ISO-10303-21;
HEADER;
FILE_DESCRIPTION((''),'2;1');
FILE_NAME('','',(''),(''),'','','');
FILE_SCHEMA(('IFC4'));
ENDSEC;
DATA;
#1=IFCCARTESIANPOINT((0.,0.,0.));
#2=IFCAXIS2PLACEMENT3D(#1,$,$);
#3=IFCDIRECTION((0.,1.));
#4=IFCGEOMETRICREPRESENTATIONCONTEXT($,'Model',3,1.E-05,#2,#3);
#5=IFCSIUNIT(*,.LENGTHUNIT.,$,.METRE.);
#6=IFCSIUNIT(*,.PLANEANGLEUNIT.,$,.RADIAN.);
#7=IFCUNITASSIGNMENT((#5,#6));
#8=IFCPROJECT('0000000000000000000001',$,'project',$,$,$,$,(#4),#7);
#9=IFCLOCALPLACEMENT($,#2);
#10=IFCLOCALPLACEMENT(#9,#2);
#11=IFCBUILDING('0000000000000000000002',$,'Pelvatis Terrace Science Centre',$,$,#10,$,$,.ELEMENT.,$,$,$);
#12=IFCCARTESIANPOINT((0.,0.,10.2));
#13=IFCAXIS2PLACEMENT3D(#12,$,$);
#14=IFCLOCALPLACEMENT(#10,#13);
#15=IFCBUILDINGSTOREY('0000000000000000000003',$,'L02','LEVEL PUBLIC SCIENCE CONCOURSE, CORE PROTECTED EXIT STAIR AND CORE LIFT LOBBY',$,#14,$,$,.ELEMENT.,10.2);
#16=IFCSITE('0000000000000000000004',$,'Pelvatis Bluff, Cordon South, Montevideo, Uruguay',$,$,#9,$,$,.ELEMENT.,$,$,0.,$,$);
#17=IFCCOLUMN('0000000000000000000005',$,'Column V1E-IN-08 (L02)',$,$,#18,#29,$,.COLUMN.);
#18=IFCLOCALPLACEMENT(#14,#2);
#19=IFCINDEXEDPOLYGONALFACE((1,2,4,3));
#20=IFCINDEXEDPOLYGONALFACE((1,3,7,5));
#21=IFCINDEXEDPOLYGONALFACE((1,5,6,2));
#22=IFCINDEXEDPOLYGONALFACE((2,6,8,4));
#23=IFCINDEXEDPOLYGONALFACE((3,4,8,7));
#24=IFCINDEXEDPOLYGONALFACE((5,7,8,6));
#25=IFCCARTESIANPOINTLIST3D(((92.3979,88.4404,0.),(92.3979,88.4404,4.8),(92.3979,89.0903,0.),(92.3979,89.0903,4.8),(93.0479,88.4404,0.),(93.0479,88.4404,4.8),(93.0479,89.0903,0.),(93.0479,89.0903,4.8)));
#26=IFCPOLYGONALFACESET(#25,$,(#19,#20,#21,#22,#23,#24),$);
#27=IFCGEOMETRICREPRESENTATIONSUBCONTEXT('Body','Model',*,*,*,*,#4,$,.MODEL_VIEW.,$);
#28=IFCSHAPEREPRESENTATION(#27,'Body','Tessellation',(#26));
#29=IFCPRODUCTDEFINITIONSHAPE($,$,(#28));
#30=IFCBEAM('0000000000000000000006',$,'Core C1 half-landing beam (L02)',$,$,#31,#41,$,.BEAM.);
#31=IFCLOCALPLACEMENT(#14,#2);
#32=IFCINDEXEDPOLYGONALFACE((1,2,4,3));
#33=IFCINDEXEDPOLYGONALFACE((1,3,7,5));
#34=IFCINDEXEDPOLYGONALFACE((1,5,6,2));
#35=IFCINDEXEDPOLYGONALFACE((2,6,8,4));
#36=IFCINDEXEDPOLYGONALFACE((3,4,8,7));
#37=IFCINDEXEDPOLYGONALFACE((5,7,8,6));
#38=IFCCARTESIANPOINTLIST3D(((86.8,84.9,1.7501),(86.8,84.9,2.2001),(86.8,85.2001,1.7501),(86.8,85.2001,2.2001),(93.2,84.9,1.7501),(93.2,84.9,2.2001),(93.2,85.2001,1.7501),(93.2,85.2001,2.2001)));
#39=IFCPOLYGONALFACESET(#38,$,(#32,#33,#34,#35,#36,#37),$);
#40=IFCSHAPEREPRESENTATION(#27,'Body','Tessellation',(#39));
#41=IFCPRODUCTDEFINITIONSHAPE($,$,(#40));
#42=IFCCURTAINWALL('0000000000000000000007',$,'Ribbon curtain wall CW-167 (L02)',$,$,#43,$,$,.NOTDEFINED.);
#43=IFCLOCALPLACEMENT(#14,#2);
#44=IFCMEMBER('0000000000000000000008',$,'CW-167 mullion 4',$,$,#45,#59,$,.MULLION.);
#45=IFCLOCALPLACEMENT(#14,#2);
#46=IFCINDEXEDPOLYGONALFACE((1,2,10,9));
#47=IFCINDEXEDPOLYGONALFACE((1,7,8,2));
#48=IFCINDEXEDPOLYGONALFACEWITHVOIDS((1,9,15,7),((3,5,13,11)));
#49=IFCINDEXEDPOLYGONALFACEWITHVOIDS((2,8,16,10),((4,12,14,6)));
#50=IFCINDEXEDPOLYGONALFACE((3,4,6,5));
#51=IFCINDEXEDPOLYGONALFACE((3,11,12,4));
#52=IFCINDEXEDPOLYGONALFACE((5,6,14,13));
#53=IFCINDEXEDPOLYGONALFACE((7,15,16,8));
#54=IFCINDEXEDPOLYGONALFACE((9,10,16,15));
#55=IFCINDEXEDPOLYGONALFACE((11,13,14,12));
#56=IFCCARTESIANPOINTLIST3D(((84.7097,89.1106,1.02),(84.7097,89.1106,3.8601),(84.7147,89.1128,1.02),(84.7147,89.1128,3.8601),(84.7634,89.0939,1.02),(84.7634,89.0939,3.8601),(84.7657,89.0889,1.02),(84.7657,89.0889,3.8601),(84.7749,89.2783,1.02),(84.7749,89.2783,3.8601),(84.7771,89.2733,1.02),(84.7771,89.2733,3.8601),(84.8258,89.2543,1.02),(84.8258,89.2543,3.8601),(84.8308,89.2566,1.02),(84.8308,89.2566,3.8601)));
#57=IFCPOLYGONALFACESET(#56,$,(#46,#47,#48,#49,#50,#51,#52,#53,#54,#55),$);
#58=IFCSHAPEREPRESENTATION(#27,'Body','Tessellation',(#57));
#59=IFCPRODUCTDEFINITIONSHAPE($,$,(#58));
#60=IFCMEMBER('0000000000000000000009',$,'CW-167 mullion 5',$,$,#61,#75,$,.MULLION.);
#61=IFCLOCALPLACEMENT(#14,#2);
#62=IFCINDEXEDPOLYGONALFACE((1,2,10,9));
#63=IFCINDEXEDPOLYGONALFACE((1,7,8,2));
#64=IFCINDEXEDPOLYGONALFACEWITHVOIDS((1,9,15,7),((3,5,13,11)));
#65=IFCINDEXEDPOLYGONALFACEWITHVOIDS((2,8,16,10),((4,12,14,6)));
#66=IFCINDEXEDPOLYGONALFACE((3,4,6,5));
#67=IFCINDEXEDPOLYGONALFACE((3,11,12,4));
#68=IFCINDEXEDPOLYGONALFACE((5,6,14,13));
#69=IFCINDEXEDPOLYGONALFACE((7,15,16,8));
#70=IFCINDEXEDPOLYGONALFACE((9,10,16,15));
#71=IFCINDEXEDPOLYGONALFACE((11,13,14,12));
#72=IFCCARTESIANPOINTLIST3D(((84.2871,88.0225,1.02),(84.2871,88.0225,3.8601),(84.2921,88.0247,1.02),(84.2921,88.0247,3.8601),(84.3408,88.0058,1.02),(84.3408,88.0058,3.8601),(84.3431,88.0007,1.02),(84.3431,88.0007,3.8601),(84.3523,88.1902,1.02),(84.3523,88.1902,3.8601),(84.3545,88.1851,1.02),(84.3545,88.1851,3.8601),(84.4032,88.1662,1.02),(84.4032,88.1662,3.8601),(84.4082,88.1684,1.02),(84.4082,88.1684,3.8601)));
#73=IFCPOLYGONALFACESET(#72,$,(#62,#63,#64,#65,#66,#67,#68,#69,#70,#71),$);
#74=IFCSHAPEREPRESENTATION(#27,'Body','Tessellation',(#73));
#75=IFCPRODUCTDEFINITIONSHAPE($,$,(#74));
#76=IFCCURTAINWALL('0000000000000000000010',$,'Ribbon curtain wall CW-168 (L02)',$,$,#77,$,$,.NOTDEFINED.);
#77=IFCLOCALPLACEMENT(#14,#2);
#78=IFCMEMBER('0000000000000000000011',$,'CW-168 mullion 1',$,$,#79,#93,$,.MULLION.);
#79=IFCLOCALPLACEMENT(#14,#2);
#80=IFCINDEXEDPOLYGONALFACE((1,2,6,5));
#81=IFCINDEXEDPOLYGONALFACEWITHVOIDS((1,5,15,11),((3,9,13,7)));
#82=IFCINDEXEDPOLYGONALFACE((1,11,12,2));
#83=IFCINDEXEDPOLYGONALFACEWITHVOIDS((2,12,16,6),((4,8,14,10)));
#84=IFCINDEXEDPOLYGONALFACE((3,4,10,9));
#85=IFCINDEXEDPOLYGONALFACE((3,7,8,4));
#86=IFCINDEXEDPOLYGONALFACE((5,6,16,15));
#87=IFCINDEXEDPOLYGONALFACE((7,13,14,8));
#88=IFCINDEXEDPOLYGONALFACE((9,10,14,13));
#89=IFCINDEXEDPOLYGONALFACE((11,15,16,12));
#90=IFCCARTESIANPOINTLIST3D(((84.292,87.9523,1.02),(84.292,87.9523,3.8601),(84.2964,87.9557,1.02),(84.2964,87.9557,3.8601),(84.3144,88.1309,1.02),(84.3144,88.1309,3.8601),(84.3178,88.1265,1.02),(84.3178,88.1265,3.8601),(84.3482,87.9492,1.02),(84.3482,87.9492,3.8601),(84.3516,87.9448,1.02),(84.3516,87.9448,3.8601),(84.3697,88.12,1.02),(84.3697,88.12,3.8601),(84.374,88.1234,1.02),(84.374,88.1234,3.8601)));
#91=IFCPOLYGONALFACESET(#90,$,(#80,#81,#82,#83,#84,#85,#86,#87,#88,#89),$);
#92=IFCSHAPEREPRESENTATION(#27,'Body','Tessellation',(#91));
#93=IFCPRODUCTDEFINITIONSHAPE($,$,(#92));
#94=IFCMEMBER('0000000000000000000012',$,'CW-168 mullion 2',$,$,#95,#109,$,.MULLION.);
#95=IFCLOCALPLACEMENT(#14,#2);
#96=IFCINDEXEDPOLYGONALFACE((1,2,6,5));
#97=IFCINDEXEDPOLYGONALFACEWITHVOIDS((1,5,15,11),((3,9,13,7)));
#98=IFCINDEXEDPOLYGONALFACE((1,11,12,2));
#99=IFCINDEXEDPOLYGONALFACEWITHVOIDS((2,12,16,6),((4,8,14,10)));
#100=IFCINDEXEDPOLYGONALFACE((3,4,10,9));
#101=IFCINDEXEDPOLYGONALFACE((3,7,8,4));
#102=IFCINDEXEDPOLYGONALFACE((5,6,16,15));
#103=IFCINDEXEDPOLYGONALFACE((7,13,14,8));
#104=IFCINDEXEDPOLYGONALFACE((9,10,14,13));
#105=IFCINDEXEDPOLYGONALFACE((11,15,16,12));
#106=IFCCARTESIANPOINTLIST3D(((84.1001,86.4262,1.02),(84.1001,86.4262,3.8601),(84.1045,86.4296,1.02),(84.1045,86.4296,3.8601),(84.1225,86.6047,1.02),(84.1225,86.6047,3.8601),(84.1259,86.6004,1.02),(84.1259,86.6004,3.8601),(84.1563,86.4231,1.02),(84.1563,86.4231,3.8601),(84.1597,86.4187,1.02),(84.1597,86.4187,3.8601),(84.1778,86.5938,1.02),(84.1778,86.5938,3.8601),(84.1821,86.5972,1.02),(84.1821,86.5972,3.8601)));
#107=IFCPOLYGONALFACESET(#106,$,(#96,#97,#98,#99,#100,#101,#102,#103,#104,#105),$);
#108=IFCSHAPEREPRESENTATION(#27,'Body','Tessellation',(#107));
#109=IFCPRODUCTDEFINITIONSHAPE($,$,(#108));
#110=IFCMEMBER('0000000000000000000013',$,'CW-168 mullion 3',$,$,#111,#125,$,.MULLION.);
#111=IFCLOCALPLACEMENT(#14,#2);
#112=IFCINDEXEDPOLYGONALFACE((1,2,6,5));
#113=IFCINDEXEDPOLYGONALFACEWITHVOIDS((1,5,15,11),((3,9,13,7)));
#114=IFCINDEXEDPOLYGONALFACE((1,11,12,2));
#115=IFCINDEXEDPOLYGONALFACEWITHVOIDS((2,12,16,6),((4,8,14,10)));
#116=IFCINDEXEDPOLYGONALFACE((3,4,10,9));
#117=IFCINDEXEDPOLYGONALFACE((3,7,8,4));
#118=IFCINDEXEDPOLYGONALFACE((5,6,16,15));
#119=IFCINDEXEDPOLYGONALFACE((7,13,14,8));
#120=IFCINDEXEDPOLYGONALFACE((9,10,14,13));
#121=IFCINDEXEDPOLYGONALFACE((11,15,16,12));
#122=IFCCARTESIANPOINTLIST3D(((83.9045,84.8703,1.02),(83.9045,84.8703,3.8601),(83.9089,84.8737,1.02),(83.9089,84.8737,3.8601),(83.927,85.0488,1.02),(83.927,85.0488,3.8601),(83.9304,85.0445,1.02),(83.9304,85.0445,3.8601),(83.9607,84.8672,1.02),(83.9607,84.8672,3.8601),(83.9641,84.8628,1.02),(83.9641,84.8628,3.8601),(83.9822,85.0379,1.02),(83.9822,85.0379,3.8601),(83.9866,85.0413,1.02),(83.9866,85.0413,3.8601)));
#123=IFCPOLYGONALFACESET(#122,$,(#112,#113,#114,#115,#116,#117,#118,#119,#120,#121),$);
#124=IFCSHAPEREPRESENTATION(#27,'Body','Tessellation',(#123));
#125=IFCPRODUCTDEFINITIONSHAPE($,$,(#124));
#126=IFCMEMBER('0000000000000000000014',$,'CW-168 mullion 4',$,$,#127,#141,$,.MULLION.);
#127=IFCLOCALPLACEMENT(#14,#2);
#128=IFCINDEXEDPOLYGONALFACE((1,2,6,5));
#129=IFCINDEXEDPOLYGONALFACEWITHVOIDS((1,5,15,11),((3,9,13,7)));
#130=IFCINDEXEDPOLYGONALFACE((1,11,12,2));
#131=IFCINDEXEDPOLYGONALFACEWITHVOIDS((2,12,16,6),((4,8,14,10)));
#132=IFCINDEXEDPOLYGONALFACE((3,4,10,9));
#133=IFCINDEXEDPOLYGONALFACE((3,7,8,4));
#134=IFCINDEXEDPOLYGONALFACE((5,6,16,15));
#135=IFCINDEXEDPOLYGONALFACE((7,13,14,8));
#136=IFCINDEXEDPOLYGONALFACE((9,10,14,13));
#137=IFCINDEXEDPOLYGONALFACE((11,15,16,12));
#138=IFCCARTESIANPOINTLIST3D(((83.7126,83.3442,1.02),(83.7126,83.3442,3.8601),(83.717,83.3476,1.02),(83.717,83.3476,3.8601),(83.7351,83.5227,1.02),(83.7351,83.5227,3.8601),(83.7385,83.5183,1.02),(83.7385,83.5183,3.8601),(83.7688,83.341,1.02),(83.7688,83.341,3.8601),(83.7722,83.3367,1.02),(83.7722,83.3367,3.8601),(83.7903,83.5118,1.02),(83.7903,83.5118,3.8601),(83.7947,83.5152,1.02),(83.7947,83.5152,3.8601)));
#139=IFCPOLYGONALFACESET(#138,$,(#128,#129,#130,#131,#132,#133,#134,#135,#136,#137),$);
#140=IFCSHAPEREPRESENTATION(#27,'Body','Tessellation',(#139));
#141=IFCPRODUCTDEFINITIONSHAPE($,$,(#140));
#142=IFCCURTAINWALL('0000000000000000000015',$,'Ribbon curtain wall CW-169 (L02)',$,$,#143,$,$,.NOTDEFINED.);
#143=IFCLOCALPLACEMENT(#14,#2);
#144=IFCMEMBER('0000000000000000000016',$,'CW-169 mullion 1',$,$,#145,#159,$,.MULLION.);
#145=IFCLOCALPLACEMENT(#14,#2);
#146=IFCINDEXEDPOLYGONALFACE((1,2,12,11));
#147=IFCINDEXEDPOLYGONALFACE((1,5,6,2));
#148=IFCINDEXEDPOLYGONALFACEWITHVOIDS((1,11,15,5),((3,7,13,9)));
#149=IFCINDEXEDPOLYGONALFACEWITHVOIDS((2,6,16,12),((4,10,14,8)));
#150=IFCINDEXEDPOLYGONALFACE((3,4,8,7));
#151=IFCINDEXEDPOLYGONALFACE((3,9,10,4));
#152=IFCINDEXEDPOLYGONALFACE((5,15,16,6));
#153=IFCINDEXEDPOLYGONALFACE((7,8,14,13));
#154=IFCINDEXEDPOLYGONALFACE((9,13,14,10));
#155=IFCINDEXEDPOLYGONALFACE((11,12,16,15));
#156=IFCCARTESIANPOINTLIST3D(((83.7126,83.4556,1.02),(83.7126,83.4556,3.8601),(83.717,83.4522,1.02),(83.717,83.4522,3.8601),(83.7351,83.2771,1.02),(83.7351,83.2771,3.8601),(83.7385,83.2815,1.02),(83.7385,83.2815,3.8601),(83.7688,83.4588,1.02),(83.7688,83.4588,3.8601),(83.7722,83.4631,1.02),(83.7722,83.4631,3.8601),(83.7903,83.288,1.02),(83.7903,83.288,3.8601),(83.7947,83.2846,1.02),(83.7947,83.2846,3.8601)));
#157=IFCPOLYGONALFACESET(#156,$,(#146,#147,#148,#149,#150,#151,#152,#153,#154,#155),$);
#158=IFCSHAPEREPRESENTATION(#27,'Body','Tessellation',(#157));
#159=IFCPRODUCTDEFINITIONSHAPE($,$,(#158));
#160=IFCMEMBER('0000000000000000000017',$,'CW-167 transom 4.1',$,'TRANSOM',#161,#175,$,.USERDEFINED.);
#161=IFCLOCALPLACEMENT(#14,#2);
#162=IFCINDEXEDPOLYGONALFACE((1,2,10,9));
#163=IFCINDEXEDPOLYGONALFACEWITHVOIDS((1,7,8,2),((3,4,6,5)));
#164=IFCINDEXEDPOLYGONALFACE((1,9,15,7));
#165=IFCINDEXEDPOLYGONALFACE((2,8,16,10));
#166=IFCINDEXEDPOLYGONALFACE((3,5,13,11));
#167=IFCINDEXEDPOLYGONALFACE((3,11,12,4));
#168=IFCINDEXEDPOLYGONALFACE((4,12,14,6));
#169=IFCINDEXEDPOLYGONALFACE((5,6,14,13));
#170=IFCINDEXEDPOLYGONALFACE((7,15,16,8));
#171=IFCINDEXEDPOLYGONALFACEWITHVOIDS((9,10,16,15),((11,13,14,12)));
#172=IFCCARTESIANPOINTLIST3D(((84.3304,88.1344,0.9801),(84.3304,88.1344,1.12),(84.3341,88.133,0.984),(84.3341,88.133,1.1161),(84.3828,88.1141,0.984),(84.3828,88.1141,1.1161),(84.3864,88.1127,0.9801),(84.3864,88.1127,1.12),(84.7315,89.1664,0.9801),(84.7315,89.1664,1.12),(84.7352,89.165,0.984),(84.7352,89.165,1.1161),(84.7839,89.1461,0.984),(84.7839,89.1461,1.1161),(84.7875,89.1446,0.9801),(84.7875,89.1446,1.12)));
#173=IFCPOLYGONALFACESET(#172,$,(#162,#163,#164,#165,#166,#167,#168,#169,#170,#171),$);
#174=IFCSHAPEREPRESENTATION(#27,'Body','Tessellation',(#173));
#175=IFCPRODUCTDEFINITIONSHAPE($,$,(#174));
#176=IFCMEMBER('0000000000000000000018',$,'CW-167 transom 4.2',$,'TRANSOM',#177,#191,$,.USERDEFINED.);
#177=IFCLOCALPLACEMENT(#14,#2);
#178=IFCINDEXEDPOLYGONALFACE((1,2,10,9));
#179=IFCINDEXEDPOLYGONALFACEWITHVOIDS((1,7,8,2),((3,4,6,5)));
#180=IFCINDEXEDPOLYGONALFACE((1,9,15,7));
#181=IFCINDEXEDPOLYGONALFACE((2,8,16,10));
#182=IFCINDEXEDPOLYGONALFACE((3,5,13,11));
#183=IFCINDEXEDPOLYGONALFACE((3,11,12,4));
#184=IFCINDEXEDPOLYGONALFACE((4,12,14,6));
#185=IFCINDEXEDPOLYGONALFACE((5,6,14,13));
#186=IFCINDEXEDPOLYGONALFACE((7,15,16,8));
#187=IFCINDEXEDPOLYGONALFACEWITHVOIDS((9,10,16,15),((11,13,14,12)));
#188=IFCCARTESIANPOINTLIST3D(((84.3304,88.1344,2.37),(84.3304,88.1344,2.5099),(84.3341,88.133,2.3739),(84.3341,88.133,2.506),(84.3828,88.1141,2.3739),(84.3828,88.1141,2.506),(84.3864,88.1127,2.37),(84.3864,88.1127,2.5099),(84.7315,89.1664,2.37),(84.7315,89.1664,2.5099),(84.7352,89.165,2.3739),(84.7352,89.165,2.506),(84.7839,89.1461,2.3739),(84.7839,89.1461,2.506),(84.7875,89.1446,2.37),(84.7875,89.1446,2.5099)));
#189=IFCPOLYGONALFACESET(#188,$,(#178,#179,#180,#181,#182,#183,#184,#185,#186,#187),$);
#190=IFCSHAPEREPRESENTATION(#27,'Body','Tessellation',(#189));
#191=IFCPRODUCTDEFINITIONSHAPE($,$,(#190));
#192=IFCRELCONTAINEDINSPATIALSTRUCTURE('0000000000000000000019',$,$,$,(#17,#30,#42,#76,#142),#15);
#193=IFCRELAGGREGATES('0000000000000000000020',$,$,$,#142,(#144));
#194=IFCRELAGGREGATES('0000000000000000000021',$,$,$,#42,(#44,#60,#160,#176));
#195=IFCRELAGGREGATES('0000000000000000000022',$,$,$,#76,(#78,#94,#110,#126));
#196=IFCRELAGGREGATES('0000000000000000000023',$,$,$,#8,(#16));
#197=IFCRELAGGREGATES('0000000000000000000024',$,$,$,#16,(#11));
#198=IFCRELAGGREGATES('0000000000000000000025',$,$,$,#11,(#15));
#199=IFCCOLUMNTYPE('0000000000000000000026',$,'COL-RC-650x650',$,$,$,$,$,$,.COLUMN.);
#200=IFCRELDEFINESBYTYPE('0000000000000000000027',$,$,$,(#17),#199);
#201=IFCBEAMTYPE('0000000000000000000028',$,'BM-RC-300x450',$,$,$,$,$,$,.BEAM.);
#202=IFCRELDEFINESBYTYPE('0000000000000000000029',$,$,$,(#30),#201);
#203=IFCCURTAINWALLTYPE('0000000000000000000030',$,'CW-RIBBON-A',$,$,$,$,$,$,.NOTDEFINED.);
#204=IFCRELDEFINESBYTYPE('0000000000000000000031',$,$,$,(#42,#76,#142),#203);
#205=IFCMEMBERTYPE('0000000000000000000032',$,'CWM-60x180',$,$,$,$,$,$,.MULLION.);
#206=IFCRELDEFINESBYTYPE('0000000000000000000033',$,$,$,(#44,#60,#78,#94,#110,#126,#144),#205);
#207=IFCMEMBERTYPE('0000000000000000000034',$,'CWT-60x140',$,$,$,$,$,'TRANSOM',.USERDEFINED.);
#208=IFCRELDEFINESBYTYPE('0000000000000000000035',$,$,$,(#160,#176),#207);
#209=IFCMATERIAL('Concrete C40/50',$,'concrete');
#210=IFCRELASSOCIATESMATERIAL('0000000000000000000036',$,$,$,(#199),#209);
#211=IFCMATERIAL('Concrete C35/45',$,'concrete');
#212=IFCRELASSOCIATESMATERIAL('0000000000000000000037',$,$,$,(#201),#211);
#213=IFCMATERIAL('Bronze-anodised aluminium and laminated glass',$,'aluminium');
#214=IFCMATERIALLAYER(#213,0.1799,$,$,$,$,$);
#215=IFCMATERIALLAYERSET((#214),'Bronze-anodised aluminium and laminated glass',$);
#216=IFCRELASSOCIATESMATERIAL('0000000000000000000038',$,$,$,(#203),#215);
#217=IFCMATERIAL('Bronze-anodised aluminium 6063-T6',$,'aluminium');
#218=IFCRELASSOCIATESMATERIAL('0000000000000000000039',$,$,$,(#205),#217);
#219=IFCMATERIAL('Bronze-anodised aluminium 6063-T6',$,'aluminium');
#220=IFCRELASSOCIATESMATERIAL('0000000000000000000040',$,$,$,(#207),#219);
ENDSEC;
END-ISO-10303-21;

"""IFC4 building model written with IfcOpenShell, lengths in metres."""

from ifc_helpers import new_model, si_unit, direction, frame, origin, origin_2d, place, context, subcontext, project, spatial, rectangle, hollow_rectangle, extrude, material, layer, layer_set, material_profile, profile_set, type_object, element, aggregate, save


model = new_model("IFC4")

# Units and contexts
model_context = context("Model", 3, precision=1e-05, world=origin(), true_north=direction((0.0, 1.0)))
body_context = subcontext(model_context, "Body", "Model", "MODEL_VIEW")
ifc_project = project(units=[si_unit("LENGTHUNIT", "METRE"), si_unit("PLANEANGLEUNIT", "RADIAN")], contexts=[model_context])

# Site, building, storey
site_placement = place(None, origin())
site = spatial("IfcSite", under=ifc_project, at=site_placement, Name="Pelvatis Bluff, Cordon South, Montevideo, Uruguay", CompositionType="ELEMENT", RefElevation=0.0)
building_placement = place(site_placement, origin())
building = spatial("IfcBuilding", under=site, at=building_placement, Name="Pelvatis Terrace Science Centre", CompositionType="ELEMENT")
storey_placement = place(building_placement, frame((0.0, 0.0, 10.2)))
storey = spatial("IfcBuildingStorey", under=building, at=storey_placement, Name="L02", Description="LEVEL PUBLIC SCIENCE CONCOURSE, CORE PROTECTED EXIT STAIR AND CORE LIFT LOBBY", CompositionType="ELEMENT", Elevation=10.2)

# Column
ifc_material_1 = material(Name="Concrete C40/50", Category="concrete")
ifc_material_profile_1 = material_profile(ifc_material_1, rectangle(XDim=0.6499, YDim=0.6499, at=origin_2d()), Name="RC-COL 650x650")
ifc_profile_set_1 = profile_set([ifc_material_profile_1], Name="Concrete C40/50")
column_type = type_object("IfcColumnType", Name="COL-RC-650x650", PredefinedType="COLUMN", material=ifc_profile_set_1)
column_placement = place(storey_placement, frame((92.7229, 88.7654, 0.0), z_axis=(0.0, 0.0, 1.0), x_axis=(1.0, 0.0, 0.0)))
element("IfcColumn", 1, at=column_placement, inside=storey, type_object=column_type, Name="Column V1E-IN-08 (L02)", PredefinedType="COLUMN", context=body_context, shape_type="SweptSolid", body=[
    extrude(rectangle(XDim=0.6499, YDim=0.6499, at=origin_2d()), origin(), (0.0, 0.0, 1.0), 4.8),
])

# Beam
ifc_material_2 = material(Name="Concrete C35/45", Category="concrete")
ifc_material_profile_2 = material_profile(ifc_material_2, rectangle(XDim=0.3, YDim=0.45, at=origin_2d()), Name="RC-BM 300x450")
ifc_profile_set_2 = profile_set([ifc_material_profile_2], Name="Concrete C35/45")
beam_type = type_object("IfcBeamType", Name="BM-RC-300x450", PredefinedType="BEAM", material=ifc_profile_set_2)
beam_placement = place(storey_placement, frame((86.8, 85.05, 1.9751), z_axis=(1.0, 0.0, 0.0), x_axis=(0.0, 1.0, 0.0)))
element("IfcBeam", 2, at=beam_placement, inside=storey, type_object=beam_type, Name="Core C1 half-landing beam (L02)", PredefinedType="BEAM", context=body_context, shape_type="SweptSolid", body=[
    extrude(rectangle(XDim=0.3, YDim=0.45, at=origin_2d()), origin(), (0.0, 0.0, 1.0), 6.3999),
])

# Curtain walls, members
ifc_material_3 = material(Name="Bronze-anodised aluminium and laminated glass", Category="aluminium")
ifc_layer_1 = layer(ifc_material_3, 0.1799)
ifc_layer_set_1 = layer_set([ifc_layer_1], Name="Bronze-anodised aluminium and laminated glass")
curtain_wall_type = type_object("IfcCurtainWallType", Name="CW-RIBBON-A", PredefinedType="NOTDEFINED", material=ifc_layer_set_1)
curtain_wall_1_placement = place(storey_placement, origin())
curtain_wall_1 = element("IfcCurtainWall", 3, at=curtain_wall_1_placement, inside=storey, type_object=curtain_wall_type, Name="Ribbon curtain wall CW-167 (L02)", PredefinedType="NOTDEFINED")
ifc_material_4 = material(Name="Bronze-anodised aluminium 6063-T6", Category="aluminium")
ifc_material_profile_3 = material_profile(ifc_material_4, hollow_rectangle(XDim=0.0601, YDim=0.1799, WallThickness=0.0039, at=origin_2d()), Name="ALU-MUL 60x180")
ifc_profile_set_3 = profile_set([ifc_material_profile_3], Name="Bronze-anodised aluminium 6063-T6")
member_type_1 = type_object("IfcMemberType", Name="CWM-60x180", PredefinedType="MULLION", material=ifc_profile_set_3)
member_1_placement = place(storey_placement, frame((84.7703, 89.1836, 1.02), z_axis=(0.0, 0.0, 1.0), x_axis=(0.932092, -0.362221, 0.0)))
member_1 = element("IfcMember", 4, at=member_1_placement, type_object=member_type_1, Name="CW-167 mullion 4", PredefinedType="MULLION", context=body_context, shape_type="SweptSolid", body=[
    extrude(hollow_rectangle(XDim=0.0601, YDim=0.1799, WallThickness=0.0039, at=origin_2d()), origin(), (0.0, 0.0, 1.0), 2.8401),
])
member_2_placement = place(storey_placement, frame((84.3477, 88.0955, 1.02), z_axis=(0.0, 0.0, 1.0), x_axis=(0.932092, -0.362221, 0.0)))
member_2 = element("IfcMember", 5, at=member_2_placement, type_object=member_type_1, Name="CW-167 mullion 5", PredefinedType="MULLION", context=body_context, shape_type="SweptSolid", body=[
    extrude(hollow_rectangle(XDim=0.0601, YDim=0.1799, WallThickness=0.0039, at=origin_2d()), origin(), (0.0, 0.0, 1.0), 2.8401),
])
curtain_wall_2_placement = place(storey_placement, origin())
curtain_wall_2 = element("IfcCurtainWall", 6, at=curtain_wall_2_placement, inside=storey, type_object=curtain_wall_type, Name="Ribbon curtain wall CW-168 (L02)", PredefinedType="NOTDEFINED")
member_3_placement = place(storey_placement, frame((84.333, 88.0378, 1.02), z_axis=(0.0, 0.0, 1.0), x_axis=(0.992193, -0.124715, 0.0)))
member_3 = element("IfcMember", 7, at=member_3_placement, type_object=member_type_1, Name="CW-168 mullion 1", PredefinedType="MULLION", context=body_context, shape_type="SweptSolid", body=[
    extrude(hollow_rectangle(XDim=0.0601, YDim=0.1799, WallThickness=0.0039, at=origin_2d()), origin(), (0.0, 0.0, 1.0), 2.8401),
])
member_4_placement = place(storey_placement, frame((84.1411, 86.5117, 1.02), z_axis=(0.0, 0.0, 1.0), x_axis=(0.992193, -0.124715, 0.0)))
member_4 = element("IfcMember", 8, at=member_4_placement, type_object=member_type_1, Name="CW-168 mullion 2", PredefinedType="MULLION", context=body_context, shape_type="SweptSolid", body=[
    extrude(hollow_rectangle(XDim=0.0601, YDim=0.1799, WallThickness=0.0039, at=origin_2d()), origin(), (0.0, 0.0, 1.0), 2.8401),
])
member_5_placement = place(storey_placement, frame((83.9456, 84.9558, 1.02), z_axis=(0.0, 0.0, 1.0), x_axis=(0.992193, -0.124715, 0.0)))
member_5 = element("IfcMember", 9, at=member_5_placement, type_object=member_type_1, Name="CW-168 mullion 3", PredefinedType="MULLION", context=body_context, shape_type="SweptSolid", body=[
    extrude(hollow_rectangle(XDim=0.0601, YDim=0.1799, WallThickness=0.0039, at=origin_2d()), origin(), (0.0, 0.0, 1.0), 2.8401),
])
member_6_placement = place(storey_placement, frame((83.7537, 83.4297, 1.02), z_axis=(0.0, 0.0, 1.0), x_axis=(0.992193, -0.124715, 0.0)))
member_6 = element("IfcMember", 10, at=member_6_placement, type_object=member_type_1, Name="CW-168 mullion 4", PredefinedType="MULLION", context=body_context, shape_type="SweptSolid", body=[
    extrude(hollow_rectangle(XDim=0.0601, YDim=0.1799, WallThickness=0.0039, at=origin_2d()), origin(), (0.0, 0.0, 1.0), 2.8401),
])

# Curtain wall, member
curtain_wall_3_placement = place(storey_placement, origin())
curtain_wall_3 = element("IfcCurtainWall", 11, at=curtain_wall_3_placement, inside=storey, type_object=curtain_wall_type, Name="Ribbon curtain wall CW-169 (L02)", PredefinedType="NOTDEFINED")
member_7_placement = place(storey_placement, frame((83.7537, 83.3701, 1.02), z_axis=(0.0, 0.0, 1.0), x_axis=(0.992193, 0.124715, 0.0)))
member_7 = element("IfcMember", 12, at=member_7_placement, type_object=member_type_1, Name="CW-169 mullion 1", PredefinedType="MULLION", context=body_context, shape_type="SweptSolid", body=[
    extrude(hollow_rectangle(XDim=0.0601, YDim=0.1799, WallThickness=0.0039, at=origin_2d()), origin(), (0.0, 0.0, 1.0), 2.8401),
])
aggregate(curtain_wall_3, [member_7])

# Members
ifc_material_5 = material(Name="Bronze-anodised aluminium 6063-T6", Category="aluminium")
ifc_material_profile_4 = material_profile(ifc_material_5, hollow_rectangle(XDim=0.0601, YDim=0.1399, WallThickness=0.0039, at=origin_2d()), Name="ALU-TRN 60x140")
ifc_profile_set_4 = profile_set([ifc_material_profile_4], Name="Bronze-anodised aluminium 6063-T6")
member_type_2 = type_object("IfcMemberType", Name="CWT-60x140", ElementType="TRANSOM", PredefinedType="USERDEFINED", material=ifc_profile_set_4)
member_8_placement = place(storey_placement, frame((84.7595, 89.1555, 1.05), z_axis=(-0.362287, -0.932067, 0.0), x_axis=(0.932067, -0.362287, 0.0)))
member_8 = element("IfcMember", 13, at=member_8_placement, type_object=member_type_2, Name="CW-167 transom 4.1", ObjectType="TRANSOM", PredefinedType="USERDEFINED", context=body_context, shape_type="SweptSolid", body=[
    extrude(hollow_rectangle(XDim=0.0601, YDim=0.1399, WallThickness=0.0039, at=origin_2d()), origin(), (0.0, 0.0, 1.0), 1.1072),
])
member_9_placement = place(storey_placement, frame((84.7595, 89.1555, 2.4399), z_axis=(-0.362287, -0.932067, 0.0), x_axis=(0.932067, -0.362287, 0.0)))
member_9 = element("IfcMember", 14, at=member_9_placement, type_object=member_type_2, Name="CW-167 transom 4.2", ObjectType="TRANSOM", PredefinedType="USERDEFINED", context=body_context, shape_type="SweptSolid", body=[
    extrude(hollow_rectangle(XDim=0.0601, YDim=0.1399, WallThickness=0.0039, at=origin_2d()), origin(), (0.0, 0.0, 1.0), 1.1072),
])

aggregate(curtain_wall_1, [member_1, member_2, member_8, member_9])
aggregate(curtain_wall_2, [member_3, member_4, member_5, member_6])

save(model, "model.ifc")
